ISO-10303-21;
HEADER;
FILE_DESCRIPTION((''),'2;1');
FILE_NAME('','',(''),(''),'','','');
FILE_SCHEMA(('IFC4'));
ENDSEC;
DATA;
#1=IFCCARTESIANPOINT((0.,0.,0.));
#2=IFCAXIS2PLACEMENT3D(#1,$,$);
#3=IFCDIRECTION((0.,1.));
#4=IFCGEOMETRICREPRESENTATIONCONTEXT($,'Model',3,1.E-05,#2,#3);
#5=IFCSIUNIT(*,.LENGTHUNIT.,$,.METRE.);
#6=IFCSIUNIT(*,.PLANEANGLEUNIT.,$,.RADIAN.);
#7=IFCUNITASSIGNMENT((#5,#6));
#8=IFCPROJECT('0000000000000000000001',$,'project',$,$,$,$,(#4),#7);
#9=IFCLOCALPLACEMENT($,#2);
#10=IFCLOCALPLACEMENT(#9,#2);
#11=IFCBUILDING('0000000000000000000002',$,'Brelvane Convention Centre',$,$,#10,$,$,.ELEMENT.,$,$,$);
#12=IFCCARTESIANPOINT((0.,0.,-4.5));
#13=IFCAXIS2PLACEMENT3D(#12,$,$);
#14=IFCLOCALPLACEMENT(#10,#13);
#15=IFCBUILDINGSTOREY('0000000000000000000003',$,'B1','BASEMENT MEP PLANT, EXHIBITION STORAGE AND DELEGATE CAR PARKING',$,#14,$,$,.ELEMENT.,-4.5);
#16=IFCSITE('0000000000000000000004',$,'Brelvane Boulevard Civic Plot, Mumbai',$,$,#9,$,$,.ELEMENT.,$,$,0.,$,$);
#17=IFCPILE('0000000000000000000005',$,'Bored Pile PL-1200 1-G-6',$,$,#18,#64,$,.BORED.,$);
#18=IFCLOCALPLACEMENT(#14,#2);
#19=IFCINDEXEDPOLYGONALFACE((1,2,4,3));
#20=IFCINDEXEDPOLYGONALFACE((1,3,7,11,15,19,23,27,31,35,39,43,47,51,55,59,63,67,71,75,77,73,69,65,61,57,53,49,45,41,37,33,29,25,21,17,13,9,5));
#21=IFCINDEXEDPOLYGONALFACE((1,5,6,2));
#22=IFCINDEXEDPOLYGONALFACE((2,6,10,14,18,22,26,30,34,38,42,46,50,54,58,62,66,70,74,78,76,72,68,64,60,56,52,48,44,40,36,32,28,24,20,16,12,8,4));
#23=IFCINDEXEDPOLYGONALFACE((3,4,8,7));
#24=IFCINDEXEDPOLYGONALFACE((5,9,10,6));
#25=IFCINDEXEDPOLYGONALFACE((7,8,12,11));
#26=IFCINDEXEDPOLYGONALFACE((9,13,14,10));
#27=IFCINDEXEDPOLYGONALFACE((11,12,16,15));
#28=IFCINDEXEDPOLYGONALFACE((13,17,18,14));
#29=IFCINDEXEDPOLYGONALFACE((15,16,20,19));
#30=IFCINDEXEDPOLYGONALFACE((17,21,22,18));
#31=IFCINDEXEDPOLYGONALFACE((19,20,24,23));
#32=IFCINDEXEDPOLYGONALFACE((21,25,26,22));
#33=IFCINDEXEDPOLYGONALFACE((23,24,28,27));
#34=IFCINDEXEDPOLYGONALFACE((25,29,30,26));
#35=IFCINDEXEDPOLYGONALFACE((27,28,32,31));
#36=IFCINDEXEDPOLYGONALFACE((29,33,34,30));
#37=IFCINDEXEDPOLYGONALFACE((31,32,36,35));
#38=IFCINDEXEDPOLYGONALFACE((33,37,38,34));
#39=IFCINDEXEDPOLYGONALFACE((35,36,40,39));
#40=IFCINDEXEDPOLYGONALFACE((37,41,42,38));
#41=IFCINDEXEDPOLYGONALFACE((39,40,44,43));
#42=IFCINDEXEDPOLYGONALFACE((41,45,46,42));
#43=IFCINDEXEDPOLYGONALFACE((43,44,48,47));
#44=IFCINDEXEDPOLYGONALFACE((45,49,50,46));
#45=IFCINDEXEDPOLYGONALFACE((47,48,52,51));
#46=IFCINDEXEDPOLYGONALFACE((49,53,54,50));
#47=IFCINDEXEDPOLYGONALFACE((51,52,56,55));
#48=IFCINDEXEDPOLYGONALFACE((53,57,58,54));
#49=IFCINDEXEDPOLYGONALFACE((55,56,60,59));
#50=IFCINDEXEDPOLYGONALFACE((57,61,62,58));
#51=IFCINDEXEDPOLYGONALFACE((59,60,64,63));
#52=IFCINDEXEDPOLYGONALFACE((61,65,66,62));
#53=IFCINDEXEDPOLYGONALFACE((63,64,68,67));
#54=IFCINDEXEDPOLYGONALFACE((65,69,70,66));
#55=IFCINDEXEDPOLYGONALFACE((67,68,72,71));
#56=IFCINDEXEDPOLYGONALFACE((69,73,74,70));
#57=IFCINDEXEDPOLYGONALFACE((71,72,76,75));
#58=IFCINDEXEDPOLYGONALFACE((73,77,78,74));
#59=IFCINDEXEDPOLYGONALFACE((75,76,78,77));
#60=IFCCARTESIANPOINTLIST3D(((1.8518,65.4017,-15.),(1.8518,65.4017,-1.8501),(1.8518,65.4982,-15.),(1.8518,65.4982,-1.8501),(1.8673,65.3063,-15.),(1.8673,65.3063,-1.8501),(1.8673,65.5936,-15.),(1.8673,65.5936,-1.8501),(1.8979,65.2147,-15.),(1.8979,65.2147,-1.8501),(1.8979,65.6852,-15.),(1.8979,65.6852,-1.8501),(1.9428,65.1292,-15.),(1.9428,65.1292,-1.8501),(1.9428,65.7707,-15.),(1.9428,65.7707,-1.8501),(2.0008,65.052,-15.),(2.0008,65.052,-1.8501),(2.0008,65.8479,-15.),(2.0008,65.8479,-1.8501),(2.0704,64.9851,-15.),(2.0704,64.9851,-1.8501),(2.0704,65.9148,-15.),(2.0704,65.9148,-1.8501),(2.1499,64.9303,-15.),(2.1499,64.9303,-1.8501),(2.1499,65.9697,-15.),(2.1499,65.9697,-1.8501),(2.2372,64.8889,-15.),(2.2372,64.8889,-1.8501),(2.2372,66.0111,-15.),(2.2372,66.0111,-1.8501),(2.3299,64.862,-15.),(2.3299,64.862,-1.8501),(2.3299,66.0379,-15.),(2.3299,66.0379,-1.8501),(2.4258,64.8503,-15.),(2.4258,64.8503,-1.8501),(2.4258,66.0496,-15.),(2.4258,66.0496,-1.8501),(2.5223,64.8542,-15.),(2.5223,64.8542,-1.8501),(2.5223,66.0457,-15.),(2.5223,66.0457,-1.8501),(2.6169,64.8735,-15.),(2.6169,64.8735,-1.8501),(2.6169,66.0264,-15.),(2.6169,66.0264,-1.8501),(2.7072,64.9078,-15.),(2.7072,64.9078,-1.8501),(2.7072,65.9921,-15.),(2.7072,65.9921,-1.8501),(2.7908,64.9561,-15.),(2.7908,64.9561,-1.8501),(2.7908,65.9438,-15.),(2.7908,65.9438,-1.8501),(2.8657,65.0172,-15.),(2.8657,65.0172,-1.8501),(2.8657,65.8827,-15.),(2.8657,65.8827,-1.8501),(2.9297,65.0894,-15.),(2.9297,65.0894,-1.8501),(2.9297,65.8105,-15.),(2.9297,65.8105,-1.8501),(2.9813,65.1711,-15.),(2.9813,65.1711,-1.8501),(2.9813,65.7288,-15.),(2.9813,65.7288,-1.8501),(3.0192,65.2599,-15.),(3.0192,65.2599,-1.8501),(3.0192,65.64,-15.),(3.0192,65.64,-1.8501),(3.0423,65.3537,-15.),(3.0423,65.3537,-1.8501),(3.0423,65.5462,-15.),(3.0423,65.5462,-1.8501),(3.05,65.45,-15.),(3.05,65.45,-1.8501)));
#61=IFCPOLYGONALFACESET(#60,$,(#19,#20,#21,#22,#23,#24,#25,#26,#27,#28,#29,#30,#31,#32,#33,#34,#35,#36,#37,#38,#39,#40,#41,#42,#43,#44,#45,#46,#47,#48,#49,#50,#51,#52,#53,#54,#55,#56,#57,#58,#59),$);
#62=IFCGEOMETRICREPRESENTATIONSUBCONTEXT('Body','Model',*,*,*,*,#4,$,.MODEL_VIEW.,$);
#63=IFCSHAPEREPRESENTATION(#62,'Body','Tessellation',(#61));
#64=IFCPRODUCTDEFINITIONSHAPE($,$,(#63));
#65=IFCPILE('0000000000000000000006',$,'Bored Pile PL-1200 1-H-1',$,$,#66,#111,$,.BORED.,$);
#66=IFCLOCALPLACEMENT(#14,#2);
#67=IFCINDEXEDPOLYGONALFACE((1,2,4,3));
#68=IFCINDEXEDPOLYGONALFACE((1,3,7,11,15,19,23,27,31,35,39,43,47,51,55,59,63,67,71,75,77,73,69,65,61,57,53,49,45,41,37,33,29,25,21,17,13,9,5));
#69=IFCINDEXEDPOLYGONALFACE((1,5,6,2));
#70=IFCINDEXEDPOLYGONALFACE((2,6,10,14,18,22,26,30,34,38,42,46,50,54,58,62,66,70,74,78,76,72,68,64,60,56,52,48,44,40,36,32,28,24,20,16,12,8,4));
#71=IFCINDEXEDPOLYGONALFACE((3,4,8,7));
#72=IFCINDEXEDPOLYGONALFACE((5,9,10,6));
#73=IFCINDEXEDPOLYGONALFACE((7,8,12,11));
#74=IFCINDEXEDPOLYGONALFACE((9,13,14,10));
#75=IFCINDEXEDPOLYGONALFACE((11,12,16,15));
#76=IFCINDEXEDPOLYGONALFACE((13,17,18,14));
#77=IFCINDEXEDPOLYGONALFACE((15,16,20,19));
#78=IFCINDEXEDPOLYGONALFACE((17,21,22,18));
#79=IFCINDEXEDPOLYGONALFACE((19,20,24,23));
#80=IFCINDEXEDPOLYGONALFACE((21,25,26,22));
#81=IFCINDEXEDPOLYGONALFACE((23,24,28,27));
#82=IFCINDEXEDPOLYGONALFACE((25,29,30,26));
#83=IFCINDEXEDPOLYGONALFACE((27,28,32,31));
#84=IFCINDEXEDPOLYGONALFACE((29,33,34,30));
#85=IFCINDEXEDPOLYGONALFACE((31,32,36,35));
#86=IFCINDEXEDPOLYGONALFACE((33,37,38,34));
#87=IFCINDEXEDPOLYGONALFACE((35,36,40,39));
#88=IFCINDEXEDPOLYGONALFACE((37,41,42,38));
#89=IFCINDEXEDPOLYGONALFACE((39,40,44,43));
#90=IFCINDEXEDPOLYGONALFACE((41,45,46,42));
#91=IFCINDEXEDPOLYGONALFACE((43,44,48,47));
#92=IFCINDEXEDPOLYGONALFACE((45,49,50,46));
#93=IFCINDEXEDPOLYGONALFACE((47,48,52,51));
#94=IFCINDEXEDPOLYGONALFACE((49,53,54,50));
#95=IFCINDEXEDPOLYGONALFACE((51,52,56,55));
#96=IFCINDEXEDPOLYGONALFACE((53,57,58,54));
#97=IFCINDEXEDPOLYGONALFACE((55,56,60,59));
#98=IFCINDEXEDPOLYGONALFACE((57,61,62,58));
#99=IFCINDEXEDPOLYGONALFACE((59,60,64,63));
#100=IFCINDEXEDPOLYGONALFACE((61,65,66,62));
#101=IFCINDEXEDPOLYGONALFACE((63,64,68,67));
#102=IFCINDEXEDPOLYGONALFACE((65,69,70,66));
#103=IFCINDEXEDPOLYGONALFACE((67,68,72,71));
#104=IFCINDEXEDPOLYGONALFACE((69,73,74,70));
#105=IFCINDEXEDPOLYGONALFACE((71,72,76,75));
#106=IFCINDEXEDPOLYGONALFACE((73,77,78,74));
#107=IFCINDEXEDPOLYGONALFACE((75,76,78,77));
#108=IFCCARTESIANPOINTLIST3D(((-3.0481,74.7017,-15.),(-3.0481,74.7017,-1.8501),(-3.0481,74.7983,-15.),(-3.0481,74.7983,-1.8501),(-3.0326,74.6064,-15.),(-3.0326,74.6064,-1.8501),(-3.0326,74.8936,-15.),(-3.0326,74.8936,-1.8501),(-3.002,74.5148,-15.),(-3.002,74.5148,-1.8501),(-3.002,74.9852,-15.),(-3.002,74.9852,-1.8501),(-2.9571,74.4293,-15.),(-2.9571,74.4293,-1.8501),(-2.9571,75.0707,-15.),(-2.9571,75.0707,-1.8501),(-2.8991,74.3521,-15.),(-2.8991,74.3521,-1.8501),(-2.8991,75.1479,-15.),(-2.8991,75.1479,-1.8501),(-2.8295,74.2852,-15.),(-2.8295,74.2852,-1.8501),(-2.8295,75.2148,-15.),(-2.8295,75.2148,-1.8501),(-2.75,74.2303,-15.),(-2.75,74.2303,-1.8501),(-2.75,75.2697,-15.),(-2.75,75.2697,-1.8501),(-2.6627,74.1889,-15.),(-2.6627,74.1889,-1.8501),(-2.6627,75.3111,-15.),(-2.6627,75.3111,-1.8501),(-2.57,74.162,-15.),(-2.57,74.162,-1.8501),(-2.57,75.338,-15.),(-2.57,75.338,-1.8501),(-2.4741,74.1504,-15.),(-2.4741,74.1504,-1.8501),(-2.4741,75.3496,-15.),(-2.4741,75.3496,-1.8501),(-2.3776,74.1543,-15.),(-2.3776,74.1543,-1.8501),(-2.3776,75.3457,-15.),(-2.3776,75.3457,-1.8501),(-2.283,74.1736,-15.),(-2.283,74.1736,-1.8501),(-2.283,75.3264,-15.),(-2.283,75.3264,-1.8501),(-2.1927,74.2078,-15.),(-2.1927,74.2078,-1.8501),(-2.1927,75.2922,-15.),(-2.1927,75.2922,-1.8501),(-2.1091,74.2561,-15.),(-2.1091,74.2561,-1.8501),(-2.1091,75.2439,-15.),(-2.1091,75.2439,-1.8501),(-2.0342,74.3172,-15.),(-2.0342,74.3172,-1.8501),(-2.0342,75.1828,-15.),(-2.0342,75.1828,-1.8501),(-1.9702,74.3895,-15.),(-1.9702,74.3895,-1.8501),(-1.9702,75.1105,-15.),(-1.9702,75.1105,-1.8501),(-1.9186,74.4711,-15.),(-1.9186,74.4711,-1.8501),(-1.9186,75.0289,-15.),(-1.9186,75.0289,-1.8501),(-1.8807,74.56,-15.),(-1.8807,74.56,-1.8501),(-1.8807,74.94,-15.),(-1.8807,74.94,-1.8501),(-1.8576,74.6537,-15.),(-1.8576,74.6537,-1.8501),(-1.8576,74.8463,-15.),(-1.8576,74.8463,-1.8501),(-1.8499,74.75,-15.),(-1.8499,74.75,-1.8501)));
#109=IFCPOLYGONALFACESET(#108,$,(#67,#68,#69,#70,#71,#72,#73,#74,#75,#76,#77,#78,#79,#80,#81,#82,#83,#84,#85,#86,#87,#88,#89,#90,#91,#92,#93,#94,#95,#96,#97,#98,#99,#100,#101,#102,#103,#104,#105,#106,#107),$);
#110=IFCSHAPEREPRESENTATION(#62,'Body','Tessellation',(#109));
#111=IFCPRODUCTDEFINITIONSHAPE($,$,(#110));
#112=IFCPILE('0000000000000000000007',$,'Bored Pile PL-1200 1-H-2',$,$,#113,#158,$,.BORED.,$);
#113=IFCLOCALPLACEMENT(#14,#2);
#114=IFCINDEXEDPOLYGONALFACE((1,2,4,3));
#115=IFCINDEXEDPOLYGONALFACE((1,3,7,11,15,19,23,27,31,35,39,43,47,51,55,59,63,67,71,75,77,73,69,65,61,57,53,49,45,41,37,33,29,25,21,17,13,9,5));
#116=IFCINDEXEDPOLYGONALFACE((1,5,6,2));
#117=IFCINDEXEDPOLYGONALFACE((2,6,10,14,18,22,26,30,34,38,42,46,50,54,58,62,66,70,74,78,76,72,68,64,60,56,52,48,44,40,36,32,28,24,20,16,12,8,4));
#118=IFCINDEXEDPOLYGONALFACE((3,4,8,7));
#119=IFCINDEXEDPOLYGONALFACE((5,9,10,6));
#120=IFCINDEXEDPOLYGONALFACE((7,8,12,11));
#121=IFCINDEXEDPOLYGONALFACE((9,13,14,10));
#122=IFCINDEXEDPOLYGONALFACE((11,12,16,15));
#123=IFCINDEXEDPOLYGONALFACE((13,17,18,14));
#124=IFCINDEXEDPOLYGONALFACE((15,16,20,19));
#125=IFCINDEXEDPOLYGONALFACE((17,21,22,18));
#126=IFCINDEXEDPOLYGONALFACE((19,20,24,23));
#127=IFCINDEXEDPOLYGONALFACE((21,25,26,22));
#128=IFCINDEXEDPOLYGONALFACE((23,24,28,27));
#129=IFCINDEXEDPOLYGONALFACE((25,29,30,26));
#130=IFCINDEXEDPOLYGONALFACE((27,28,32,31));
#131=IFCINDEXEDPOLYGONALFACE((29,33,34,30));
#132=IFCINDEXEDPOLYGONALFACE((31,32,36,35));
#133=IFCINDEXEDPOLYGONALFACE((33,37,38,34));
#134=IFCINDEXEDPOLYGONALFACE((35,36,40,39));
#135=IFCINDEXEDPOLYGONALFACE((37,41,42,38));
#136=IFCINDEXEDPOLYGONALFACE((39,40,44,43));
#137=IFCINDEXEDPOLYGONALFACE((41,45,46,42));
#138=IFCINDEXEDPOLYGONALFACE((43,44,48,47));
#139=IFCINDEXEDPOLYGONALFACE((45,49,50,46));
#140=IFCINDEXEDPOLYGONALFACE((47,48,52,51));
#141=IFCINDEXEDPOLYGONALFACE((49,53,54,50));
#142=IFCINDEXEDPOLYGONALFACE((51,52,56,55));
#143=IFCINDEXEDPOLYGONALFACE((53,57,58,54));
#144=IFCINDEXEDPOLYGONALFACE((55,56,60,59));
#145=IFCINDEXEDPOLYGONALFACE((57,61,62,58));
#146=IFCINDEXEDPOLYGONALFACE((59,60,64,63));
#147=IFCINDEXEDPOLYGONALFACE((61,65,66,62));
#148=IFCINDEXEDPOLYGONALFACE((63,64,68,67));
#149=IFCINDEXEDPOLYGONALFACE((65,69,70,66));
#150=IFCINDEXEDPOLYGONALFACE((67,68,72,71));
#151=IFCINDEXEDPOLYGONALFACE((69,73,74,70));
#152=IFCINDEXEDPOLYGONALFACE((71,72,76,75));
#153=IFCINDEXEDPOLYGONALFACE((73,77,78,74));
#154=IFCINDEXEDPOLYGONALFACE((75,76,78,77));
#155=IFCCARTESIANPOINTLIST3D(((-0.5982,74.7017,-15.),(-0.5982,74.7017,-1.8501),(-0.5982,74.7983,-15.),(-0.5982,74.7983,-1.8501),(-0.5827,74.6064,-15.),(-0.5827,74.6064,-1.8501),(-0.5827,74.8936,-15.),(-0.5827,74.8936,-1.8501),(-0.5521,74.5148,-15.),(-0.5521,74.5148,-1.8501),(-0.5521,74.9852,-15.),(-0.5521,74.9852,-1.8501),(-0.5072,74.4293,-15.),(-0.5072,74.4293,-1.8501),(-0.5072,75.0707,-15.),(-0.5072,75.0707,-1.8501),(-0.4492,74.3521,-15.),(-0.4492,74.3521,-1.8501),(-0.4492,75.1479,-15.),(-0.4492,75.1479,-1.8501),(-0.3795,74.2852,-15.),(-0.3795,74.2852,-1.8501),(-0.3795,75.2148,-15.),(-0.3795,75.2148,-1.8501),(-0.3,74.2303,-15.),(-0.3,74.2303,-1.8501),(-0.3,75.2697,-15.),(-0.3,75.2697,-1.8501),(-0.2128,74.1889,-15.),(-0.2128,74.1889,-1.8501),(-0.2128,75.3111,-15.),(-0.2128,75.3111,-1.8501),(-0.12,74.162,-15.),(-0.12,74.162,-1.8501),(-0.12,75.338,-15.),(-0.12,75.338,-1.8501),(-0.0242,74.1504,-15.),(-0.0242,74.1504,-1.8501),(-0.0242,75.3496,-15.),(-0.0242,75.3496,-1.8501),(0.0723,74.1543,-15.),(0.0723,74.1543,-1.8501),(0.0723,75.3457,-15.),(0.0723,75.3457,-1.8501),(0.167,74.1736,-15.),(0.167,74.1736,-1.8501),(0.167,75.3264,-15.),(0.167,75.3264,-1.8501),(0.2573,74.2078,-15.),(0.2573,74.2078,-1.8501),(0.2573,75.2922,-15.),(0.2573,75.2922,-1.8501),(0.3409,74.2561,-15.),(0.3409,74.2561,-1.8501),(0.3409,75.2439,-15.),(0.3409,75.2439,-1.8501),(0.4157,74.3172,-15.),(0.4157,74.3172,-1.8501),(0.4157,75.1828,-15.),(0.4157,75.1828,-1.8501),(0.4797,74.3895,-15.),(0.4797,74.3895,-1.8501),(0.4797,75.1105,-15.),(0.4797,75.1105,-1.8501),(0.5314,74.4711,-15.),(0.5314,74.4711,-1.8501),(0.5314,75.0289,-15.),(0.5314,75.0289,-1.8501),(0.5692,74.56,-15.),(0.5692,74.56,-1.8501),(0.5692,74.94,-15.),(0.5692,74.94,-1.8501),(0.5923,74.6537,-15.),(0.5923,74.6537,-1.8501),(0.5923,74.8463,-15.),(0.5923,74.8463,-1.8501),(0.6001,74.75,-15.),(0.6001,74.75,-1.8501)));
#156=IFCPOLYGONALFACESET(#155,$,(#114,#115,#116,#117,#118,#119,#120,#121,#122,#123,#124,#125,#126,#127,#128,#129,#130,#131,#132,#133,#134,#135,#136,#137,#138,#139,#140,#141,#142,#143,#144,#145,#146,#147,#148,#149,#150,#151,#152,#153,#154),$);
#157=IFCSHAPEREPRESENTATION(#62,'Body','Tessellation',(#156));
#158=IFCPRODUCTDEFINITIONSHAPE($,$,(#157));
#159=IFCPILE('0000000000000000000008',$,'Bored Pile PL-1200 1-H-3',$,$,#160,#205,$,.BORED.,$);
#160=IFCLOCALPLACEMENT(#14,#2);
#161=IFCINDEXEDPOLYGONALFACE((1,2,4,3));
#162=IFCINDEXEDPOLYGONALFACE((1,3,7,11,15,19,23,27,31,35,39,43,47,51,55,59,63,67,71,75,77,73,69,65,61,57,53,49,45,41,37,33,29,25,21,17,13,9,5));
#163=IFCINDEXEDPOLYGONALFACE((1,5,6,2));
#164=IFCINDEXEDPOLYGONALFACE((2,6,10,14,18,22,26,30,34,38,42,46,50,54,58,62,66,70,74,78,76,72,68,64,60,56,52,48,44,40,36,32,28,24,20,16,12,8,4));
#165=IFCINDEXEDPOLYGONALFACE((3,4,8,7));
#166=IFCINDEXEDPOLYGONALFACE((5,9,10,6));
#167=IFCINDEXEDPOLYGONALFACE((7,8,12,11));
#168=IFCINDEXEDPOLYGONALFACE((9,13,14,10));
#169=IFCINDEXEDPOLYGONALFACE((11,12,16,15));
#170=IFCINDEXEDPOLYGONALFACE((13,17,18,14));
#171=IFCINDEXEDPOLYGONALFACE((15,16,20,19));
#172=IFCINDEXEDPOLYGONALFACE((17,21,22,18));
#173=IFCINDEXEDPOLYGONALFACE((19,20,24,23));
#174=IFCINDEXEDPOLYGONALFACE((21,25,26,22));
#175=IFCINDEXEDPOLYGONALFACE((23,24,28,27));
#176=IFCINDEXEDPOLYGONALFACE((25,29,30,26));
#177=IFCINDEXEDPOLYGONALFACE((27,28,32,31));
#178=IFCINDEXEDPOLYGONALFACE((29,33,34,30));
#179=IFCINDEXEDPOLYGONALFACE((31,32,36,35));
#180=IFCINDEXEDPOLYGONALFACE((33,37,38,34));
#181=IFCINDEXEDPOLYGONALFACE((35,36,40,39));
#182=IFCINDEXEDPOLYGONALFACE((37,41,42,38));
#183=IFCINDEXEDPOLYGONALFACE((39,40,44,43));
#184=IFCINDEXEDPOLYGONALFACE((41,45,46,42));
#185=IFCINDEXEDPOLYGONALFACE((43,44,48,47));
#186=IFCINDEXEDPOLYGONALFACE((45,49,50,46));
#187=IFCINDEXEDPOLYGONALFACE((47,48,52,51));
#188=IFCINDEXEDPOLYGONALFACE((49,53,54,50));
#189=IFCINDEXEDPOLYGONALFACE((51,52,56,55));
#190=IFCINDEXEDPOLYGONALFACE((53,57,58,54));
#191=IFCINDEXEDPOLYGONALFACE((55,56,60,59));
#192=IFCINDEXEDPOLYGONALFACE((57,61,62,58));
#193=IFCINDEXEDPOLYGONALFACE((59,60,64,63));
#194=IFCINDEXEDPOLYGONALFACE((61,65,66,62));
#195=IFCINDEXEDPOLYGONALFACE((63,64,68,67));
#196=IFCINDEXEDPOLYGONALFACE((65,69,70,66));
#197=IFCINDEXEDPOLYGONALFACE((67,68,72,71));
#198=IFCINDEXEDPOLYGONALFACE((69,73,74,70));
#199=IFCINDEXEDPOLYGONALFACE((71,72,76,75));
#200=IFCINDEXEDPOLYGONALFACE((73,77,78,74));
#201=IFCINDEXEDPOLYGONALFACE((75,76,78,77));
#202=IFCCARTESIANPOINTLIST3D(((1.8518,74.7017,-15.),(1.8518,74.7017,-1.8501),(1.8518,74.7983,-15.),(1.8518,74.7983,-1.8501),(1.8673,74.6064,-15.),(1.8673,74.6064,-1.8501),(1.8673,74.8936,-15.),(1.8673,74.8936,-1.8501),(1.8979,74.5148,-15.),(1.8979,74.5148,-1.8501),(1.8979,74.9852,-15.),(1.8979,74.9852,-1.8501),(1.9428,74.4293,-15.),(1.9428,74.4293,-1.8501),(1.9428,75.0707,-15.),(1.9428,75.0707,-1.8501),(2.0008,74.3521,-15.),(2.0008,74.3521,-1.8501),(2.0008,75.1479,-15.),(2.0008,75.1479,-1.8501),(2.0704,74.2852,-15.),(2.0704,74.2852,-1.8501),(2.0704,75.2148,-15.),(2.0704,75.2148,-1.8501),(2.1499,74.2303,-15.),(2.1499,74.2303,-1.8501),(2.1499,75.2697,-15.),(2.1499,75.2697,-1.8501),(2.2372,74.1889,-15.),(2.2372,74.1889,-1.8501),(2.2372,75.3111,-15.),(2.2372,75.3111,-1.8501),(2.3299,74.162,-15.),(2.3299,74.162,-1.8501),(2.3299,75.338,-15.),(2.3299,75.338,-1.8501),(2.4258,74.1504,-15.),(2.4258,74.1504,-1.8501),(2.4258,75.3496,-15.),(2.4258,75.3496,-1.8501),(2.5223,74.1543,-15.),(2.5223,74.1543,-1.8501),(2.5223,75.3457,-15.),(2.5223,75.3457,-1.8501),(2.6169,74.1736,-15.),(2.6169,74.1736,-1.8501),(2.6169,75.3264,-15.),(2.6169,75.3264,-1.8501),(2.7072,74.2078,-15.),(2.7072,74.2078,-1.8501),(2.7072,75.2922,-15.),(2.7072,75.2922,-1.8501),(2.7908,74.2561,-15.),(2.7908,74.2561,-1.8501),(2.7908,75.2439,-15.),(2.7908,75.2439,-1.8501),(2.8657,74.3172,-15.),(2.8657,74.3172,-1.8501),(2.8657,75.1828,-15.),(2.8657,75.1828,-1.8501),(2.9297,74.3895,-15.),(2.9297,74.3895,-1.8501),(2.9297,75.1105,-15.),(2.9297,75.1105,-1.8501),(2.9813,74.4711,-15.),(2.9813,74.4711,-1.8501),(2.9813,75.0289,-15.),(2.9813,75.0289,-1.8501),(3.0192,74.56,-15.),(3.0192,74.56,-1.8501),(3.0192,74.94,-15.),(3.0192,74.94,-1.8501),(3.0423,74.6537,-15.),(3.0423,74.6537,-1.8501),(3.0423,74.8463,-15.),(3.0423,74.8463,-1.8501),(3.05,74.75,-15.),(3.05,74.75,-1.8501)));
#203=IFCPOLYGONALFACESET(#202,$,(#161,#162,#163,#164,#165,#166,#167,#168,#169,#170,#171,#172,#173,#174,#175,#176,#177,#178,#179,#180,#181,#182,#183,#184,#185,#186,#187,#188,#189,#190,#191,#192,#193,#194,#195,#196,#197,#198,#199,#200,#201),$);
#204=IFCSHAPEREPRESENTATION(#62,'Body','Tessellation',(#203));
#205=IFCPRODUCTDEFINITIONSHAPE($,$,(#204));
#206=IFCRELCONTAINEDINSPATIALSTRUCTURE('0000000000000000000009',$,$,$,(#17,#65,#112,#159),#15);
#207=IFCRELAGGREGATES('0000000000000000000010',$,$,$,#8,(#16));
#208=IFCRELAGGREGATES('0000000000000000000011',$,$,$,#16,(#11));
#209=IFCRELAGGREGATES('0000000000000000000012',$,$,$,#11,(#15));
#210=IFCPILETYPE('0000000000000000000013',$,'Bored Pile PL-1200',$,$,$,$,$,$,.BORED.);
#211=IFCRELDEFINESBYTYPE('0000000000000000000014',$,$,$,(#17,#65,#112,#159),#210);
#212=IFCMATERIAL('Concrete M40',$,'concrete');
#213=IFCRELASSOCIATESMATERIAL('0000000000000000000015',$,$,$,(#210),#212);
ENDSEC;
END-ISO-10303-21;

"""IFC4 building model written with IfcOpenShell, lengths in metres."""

from ifc_helpers import new_model, si_unit, direction, frame, origin, origin_2d, place, context, subcontext, project, spatial, circle, extrude, material, material_profile, profile_set, type_object, element, save


model = new_model("IFC4")

# Units and contexts
model_context = context("Model", 3, precision=1e-05, world=origin(), true_north=direction((0.0, 1.0)))
body_context = subcontext(model_context, "Body", "Model", "MODEL_VIEW")
ifc_project = project(units=[si_unit("LENGTHUNIT", "METRE"), si_unit("PLANEANGLEUNIT", "RADIAN")], contexts=[model_context])

# Site, building, storey
site_placement = place(None, origin())
site = spatial("IfcSite", under=ifc_project, at=site_placement, Name="Brelvane Boulevard Civic Plot, Mumbai", CompositionType="ELEMENT", RefElevation=0.0)
building_placement = place(site_placement, origin())
building = spatial("IfcBuilding", under=site, at=building_placement, Name="Brelvane Convention Centre", CompositionType="ELEMENT")
storey_placement = place(building_placement, frame((0.0, 0.0, -4.5)))
storey = spatial("IfcBuildingStorey", under=building, at=storey_placement, Name="B1", Description="BASEMENT MEP PLANT, EXHIBITION STORAGE AND DELEGATE CAR PARKING", CompositionType="ELEMENT", Elevation=-4.5)

# Piles
ifc_material_1 = material(Name="Concrete M40", Category="concrete")
ifc_material_profile_1 = material_profile(ifc_material_1, circle(Radius=0.6001, at=origin_2d()), Name="PILE D1200")
ifc_profile_set_1 = profile_set([ifc_material_profile_1], Name="Concrete M40")
pile_type_1 = type_object("IfcPileType", Name="Bored Pile PL-1200", PredefinedType="BORED", material=ifc_profile_set_1)
for number, where, z_axis, x_axis, name in (
    (1, (2.45, 65.45, -1.8501), (0.0, 0.0, -1.0), (1.0, 0.0, 0.0), "Bored Pile PL-1200 1-G-6"),
    (2, (-2.45, 74.75, -1.8501), (0.0, 0.0, -1.0), (1.0, 0.0, 0.0), "Bored Pile PL-1200 1-H-1"),
    (3, (0.0, 74.75, -1.8501), (0.0, 0.0, -1.0), (1.0, 0.0, 0.0), "Bored Pile PL-1200 1-H-2"),
    (4, (2.45, 74.75, -1.8501), (0.0, 0.0, -1.0), (1.0, 0.0, 0.0), "Bored Pile PL-1200 1-H-3"),
):
    element("IfcPile", number, at=place(storey_placement, frame(where, z_axis=z_axis, x_axis=x_axis)), inside=storey, type_object=pile_type_1, Name=name, PredefinedType="BORED", context=body_context, shape_type="SweptSolid", body=[
        extrude(circle(Radius=0.6001, at=origin_2d()), origin(), (0.0, 0.0, 1.0), 13.1499),
    ])

save(model, "model.ifc")
